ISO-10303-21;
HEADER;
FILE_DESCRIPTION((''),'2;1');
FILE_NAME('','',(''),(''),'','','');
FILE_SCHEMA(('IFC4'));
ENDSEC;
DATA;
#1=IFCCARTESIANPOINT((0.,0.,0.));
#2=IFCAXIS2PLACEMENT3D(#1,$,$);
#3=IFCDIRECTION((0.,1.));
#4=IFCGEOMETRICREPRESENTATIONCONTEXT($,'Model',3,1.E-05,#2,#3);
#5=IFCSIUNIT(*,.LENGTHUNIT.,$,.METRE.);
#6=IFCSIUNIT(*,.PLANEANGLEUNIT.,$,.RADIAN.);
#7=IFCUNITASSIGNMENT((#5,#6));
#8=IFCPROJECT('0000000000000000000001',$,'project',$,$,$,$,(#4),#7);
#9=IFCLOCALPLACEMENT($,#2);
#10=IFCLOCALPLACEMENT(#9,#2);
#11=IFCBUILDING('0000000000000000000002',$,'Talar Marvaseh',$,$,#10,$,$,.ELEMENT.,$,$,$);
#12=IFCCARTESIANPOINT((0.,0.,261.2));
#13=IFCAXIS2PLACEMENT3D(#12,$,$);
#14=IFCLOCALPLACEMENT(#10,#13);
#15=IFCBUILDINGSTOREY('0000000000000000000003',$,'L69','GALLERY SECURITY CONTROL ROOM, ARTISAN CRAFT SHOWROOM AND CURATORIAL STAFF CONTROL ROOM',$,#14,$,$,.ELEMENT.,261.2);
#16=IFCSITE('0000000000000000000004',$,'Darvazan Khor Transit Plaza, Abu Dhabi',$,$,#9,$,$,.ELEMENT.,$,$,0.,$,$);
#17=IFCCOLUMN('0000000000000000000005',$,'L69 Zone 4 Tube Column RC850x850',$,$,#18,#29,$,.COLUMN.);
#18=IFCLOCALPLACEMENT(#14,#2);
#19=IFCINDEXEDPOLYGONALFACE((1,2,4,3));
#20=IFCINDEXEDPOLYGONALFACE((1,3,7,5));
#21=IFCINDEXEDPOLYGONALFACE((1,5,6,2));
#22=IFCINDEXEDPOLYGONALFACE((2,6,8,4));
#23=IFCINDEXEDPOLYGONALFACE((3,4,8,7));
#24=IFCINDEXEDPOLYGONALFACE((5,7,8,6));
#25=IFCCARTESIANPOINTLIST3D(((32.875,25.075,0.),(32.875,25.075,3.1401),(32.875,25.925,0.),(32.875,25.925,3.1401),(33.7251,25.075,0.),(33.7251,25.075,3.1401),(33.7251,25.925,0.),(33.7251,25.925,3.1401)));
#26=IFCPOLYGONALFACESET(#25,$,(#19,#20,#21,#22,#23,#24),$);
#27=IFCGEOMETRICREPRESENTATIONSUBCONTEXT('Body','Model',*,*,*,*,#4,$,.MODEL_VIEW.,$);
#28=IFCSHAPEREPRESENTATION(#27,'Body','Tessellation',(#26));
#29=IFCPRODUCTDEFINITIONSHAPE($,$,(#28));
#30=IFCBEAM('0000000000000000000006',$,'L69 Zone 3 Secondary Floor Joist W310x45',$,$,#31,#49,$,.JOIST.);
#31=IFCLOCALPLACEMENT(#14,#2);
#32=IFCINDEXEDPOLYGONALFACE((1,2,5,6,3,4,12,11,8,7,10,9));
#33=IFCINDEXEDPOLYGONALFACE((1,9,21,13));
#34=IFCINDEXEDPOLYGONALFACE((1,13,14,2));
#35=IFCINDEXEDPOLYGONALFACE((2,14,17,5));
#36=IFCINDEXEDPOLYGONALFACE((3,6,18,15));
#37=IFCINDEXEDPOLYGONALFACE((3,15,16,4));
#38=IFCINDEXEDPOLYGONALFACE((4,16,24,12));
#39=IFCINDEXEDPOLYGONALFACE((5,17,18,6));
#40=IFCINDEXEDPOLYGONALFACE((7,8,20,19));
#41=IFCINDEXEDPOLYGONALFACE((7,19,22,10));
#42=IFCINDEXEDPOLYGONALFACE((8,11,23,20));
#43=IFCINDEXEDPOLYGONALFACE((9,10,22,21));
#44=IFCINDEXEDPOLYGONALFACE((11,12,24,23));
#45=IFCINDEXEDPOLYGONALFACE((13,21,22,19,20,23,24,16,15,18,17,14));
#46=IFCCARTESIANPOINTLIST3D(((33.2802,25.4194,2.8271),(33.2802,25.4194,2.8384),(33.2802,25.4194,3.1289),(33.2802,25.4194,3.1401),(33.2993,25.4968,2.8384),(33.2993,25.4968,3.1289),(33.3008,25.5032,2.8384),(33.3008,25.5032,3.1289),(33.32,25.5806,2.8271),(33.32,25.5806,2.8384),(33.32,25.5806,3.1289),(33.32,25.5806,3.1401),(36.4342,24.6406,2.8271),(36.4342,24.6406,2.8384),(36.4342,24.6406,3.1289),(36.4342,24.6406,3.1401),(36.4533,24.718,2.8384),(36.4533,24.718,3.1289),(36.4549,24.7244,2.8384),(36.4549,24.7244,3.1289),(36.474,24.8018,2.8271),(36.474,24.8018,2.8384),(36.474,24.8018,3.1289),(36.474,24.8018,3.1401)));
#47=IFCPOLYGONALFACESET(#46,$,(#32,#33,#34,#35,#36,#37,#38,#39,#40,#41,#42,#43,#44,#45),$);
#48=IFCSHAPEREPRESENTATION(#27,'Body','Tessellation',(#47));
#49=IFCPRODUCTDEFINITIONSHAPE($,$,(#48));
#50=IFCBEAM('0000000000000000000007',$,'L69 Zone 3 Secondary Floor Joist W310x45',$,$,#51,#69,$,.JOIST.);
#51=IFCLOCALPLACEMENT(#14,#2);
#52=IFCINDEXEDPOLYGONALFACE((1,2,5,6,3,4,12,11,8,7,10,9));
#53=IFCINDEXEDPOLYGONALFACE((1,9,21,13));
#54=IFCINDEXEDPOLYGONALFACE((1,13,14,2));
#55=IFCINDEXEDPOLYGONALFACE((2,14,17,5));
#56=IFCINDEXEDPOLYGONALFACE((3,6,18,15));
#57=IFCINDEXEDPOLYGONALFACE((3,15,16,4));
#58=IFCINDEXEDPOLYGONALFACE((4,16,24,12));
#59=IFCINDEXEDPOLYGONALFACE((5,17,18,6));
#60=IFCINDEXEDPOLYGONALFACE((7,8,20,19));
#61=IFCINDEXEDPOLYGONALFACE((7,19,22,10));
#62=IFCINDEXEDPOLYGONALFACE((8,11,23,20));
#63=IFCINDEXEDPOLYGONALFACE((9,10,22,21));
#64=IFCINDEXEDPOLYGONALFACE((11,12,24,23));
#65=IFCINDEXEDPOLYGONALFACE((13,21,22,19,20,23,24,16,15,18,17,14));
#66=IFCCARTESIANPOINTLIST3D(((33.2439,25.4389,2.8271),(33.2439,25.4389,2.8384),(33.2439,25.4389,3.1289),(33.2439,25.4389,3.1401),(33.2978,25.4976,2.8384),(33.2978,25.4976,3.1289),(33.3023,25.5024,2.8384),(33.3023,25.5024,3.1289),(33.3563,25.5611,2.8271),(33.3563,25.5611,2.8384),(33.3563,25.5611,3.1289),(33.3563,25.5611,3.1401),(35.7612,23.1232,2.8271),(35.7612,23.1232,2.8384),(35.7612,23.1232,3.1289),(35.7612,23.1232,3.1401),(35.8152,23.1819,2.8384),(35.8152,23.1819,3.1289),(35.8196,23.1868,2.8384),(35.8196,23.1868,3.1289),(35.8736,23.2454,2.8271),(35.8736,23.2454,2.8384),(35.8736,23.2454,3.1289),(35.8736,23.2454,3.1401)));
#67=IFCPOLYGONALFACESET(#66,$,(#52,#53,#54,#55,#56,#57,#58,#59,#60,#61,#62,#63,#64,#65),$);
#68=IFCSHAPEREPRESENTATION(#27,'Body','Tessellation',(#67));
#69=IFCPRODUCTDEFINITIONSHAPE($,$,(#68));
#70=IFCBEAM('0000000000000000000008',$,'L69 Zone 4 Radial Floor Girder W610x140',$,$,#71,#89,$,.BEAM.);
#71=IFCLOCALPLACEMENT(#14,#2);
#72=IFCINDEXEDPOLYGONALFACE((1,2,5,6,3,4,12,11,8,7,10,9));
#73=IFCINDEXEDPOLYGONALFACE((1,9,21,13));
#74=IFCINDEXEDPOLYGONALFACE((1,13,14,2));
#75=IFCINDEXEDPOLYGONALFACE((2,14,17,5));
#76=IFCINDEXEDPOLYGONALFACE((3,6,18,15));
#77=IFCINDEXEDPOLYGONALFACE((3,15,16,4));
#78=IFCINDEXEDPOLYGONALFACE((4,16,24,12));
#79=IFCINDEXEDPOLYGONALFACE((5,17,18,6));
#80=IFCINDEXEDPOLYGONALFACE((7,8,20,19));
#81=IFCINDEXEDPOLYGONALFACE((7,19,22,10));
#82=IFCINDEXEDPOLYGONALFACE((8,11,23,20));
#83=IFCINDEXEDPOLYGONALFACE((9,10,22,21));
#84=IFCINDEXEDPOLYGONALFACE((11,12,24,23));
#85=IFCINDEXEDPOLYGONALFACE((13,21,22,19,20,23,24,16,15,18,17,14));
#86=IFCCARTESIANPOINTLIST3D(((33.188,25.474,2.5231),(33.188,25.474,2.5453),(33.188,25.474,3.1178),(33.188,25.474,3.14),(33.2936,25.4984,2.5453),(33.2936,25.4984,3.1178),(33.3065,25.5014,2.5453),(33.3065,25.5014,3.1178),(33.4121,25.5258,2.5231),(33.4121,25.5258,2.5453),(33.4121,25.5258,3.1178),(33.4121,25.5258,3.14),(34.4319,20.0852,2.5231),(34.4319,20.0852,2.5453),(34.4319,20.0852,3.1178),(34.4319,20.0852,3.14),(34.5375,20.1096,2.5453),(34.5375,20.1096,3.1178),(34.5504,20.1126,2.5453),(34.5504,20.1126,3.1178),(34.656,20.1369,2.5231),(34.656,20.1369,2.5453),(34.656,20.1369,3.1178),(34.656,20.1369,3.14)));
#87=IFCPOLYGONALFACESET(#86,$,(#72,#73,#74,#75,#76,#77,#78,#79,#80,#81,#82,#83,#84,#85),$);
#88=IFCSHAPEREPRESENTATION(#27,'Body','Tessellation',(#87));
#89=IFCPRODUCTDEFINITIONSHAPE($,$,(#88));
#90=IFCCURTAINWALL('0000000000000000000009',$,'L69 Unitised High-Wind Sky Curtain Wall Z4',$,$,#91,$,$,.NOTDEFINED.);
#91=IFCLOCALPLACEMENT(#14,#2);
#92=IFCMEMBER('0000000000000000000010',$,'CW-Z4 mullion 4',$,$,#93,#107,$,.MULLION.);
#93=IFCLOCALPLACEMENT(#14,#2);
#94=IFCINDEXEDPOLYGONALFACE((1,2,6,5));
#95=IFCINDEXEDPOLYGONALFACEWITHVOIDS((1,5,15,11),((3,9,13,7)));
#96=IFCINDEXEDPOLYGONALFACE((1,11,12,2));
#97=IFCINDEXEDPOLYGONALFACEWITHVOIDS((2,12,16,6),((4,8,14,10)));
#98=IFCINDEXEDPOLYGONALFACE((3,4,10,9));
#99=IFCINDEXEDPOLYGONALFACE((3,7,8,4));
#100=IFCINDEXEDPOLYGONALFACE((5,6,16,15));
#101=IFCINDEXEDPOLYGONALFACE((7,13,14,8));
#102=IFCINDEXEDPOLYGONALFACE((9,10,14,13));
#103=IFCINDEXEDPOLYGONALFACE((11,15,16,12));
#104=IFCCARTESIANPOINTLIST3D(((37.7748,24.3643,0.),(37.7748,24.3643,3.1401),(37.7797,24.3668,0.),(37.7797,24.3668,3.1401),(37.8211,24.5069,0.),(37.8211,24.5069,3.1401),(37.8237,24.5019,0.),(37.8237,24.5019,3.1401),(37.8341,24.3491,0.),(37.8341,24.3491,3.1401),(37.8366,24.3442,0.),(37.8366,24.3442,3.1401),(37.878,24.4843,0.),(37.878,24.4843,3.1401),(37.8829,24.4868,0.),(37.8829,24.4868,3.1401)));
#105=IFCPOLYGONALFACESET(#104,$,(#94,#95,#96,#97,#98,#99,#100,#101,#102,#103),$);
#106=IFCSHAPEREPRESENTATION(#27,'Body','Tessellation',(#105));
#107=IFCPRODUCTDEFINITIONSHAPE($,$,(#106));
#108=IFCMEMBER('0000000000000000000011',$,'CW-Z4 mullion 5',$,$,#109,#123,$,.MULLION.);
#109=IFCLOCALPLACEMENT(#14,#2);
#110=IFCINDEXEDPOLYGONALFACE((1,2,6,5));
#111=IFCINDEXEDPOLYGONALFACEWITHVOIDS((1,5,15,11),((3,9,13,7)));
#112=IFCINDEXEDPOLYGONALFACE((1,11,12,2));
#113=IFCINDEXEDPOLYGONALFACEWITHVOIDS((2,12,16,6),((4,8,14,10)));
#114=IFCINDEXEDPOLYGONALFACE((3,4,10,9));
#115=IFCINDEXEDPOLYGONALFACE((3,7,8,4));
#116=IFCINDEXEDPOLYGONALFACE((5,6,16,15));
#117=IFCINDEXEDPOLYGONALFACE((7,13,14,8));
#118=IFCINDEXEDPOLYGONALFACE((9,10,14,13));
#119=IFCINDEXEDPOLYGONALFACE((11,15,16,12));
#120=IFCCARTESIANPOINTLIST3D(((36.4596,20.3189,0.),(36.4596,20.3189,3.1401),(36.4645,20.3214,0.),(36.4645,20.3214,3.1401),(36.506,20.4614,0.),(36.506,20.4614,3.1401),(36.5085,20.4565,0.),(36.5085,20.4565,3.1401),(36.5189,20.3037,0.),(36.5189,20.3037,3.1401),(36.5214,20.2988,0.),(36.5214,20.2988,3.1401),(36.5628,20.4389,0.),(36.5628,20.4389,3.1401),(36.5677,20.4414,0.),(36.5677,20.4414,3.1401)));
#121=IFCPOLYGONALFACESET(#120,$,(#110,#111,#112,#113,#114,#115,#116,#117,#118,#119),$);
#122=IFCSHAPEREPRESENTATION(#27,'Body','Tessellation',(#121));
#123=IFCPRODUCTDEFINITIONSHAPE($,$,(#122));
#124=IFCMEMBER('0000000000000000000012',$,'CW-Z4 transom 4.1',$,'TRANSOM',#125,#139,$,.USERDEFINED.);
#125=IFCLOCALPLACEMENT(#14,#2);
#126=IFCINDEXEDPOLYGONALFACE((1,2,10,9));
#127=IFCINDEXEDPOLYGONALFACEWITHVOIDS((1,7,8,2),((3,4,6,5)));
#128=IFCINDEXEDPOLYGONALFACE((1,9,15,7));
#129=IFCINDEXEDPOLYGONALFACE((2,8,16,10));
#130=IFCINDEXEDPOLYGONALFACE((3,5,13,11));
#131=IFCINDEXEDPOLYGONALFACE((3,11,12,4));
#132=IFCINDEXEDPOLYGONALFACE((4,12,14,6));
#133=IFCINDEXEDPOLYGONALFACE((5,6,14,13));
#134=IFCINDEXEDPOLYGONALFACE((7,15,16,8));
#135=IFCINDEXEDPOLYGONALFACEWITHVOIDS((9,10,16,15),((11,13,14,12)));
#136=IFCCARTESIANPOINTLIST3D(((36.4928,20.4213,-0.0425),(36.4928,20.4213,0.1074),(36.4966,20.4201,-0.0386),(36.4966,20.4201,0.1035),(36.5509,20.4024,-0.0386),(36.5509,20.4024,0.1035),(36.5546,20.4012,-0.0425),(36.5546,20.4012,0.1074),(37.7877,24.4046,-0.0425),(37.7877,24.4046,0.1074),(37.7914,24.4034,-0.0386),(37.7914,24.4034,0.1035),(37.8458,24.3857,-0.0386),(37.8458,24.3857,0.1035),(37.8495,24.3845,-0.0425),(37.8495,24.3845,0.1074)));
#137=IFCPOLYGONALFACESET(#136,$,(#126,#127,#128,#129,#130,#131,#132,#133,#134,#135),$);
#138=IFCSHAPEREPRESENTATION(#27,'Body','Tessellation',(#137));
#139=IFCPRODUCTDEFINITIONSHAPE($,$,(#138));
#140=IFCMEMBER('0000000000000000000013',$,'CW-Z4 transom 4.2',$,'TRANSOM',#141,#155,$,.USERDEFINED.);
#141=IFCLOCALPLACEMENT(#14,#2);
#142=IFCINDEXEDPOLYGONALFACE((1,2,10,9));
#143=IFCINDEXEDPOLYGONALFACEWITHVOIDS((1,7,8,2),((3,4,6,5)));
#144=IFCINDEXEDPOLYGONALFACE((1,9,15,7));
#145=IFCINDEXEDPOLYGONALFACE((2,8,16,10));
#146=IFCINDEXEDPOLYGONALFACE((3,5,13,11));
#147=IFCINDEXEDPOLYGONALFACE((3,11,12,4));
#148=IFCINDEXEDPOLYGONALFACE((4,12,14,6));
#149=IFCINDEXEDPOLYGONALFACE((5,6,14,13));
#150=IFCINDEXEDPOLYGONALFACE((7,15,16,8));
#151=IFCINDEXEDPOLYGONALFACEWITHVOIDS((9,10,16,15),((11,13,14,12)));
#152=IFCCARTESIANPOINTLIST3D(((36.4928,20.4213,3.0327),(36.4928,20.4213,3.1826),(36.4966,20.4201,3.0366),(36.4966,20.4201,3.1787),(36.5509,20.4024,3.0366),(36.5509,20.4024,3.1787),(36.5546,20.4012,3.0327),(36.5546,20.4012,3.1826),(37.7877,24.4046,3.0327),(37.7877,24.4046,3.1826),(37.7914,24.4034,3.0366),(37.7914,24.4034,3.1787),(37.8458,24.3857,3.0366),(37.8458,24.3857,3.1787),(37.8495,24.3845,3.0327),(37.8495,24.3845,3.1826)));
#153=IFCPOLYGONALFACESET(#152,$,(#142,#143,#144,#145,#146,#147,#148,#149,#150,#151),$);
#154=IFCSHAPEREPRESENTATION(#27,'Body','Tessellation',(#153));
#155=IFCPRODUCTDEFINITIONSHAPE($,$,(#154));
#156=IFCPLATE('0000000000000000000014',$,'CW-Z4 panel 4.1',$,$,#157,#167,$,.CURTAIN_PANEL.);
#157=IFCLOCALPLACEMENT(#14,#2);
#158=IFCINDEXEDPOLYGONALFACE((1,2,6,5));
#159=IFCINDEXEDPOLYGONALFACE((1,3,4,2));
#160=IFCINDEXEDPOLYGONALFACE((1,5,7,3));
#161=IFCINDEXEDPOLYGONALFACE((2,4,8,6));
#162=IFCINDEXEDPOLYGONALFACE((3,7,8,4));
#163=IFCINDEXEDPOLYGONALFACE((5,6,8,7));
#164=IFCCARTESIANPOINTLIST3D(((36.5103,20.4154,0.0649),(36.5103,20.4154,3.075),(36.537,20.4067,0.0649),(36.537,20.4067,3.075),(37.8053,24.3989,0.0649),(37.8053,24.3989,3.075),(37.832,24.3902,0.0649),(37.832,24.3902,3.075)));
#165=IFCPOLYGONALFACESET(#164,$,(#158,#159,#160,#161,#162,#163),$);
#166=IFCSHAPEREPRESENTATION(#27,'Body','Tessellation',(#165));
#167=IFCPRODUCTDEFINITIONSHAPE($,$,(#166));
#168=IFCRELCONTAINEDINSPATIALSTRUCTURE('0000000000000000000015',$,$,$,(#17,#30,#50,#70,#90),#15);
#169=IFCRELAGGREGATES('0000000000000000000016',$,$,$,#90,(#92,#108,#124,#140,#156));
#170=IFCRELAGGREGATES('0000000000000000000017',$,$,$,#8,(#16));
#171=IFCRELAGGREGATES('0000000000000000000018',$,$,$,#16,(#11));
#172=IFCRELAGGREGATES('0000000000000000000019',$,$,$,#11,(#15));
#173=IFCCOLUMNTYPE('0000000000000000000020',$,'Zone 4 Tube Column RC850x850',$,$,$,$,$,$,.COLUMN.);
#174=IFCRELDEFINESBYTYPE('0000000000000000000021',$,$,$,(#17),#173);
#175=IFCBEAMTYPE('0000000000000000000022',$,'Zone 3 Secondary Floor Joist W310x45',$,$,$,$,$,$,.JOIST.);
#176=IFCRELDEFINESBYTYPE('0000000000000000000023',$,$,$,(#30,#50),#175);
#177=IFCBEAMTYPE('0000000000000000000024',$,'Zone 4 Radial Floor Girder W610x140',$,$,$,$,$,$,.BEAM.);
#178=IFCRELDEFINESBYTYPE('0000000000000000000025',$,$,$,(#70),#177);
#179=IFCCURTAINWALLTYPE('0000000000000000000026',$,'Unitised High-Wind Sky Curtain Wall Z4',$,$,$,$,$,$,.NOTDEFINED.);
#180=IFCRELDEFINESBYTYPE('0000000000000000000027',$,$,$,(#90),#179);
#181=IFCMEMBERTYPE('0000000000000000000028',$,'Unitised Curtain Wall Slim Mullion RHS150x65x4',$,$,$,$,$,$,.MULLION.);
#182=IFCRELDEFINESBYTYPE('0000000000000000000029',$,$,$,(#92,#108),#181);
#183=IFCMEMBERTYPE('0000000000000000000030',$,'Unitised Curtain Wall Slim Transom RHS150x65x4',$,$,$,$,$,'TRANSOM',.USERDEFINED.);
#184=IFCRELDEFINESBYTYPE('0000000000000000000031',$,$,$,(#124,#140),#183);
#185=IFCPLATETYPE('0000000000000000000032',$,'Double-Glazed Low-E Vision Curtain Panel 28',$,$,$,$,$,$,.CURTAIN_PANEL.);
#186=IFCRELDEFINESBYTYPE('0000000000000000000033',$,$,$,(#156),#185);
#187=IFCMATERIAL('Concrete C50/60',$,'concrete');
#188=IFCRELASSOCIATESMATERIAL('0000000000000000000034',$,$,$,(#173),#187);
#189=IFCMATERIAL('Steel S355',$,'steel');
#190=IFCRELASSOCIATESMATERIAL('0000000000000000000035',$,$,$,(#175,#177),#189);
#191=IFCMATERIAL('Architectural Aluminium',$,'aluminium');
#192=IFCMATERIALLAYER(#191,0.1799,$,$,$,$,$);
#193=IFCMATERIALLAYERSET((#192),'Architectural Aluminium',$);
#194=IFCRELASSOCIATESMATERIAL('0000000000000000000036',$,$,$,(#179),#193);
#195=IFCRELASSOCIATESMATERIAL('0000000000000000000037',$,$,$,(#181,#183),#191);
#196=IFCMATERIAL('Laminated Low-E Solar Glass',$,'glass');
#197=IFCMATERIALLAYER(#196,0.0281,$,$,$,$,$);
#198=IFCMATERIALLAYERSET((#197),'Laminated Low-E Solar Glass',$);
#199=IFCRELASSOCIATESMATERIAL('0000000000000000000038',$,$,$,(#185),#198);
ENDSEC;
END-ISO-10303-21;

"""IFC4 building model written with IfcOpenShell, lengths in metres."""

from ifc_helpers import new_model, si_unit, direction, frame, origin, origin_2d, place, context, subcontext, project, spatial, rectangle, hollow_rectangle, i_section, extrude, source, transform, mapped, material, layer, layer_set, material_profile, profile_set, type_object, type_shapes, element, aggregate, save


model = new_model("IFC4")

# Units and contexts
model_context = context("Model", 3, precision=1e-05, world=origin(), true_north=direction((0.0, 1.0)))
body_context = subcontext(model_context, "Body", "Model", "MODEL_VIEW")
ifc_project = project(units=[si_unit("LENGTHUNIT", "METRE"), si_unit("PLANEANGLEUNIT", "RADIAN")], contexts=[model_context])

# Site, building, storey
site_placement = place(None, origin())
site = spatial("IfcSite", under=ifc_project, at=site_placement, Name="Darvazan Khor Transit Plaza, Abu Dhabi", CompositionType="ELEMENT", RefElevation=0.0)
building_placement = place(site_placement, origin())
building = spatial("IfcBuilding", under=site, at=building_placement, Name="Talar Marvaseh", CompositionType="ELEMENT")
storey_placement = place(building_placement, frame((0.0, 0.0, 261.2)))
storey = spatial("IfcBuildingStorey", under=building, at=storey_placement, Name="L69", Description="GALLERY SECURITY CONTROL ROOM, ARTISAN CRAFT SHOWROOM AND CURATORIAL STAFF CONTROL ROOM", CompositionType="ELEMENT", Elevation=261.2)

# Column
ifc_material_1 = material(Name="Concrete C50/60", Category="concrete")
ifc_material_profile_1 = material_profile(ifc_material_1, rectangle(XDim=0.8501, YDim=0.8501, at=origin_2d()), Name="RC850x850")
ifc_profile_set_1 = profile_set([ifc_material_profile_1], Name="Concrete C50/60")
column_type = type_object("IfcColumnType", Name="Zone 4 Tube Column RC850x850", PredefinedType="COLUMN", material=ifc_profile_set_1)
column_placement = place(storey_placement, frame((33.3, 25.5, 0.0), z_axis=(0.0, 0.0, 1.0), x_axis=(1.0, 0.0, 0.0)))
element("IfcColumn", 1, at=column_placement, inside=storey, type_object=column_type, Name="L69 Zone 4 Tube Column RC850x850", PredefinedType="COLUMN", context=body_context, shape_type="SweptSolid", body=[
    extrude(rectangle(XDim=0.8501, YDim=0.8501, at=origin_2d()), origin(), (0.0, 0.0, 1.0), 3.1401),
])

# Beams
ifc_material_2 = material(Name="Steel S355", Category="steel")
ifc_material_profile_2 = material_profile(ifc_material_2, i_section(OverallWidth=0.166, OverallDepth=0.313, WebThickness=0.0066, FlangeThickness=0.0112, at=origin_2d()), Name="W310x45")
ifc_profile_set_2 = profile_set([ifc_material_profile_2], Name="Steel S355")
beam_type_1 = type_object("IfcBeamType", Name="Zone 3 Secondary Floor Joist W310x45", PredefinedType="JOIST", material=ifc_profile_set_2)
beam_1_placement = place(storey_placement, frame((36.4541, 24.7212, 2.9836), z_axis=(-0.970841, 0.239723, 0.0), x_axis=(-0.239723, -0.970841, 0.0)))
element("IfcBeam", 2, at=beam_1_placement, inside=storey, type_object=beam_type_1, Name="L69 Zone 3 Secondary Floor Joist W310x45", PredefinedType="JOIST", context=body_context, shape_type="SweptSolid", body=[
    extrude(i_section(OverallWidth=0.166, OverallDepth=0.313, WebThickness=0.0066, FlangeThickness=0.0112, at=origin_2d()), origin(), (0.0, 0.0, 1.0), 3.2488),
])
beam_2_placement = place(storey_placement, frame((35.8174, 23.1843, 2.9836), z_axis=(-0.735971, 0.677013, 0.0), x_axis=(-0.677013, -0.735971, 0.0)))
element("IfcBeam", 3, at=beam_2_placement, inside=storey, type_object=beam_type_1, Name="L69 Zone 3 Secondary Floor Joist W310x45", PredefinedType="JOIST", context=body_context, shape_type="SweptSolid", body=[
    extrude(i_section(OverallWidth=0.166, OverallDepth=0.313, WebThickness=0.0066, FlangeThickness=0.0112, at=origin_2d()), origin(), (0.0, 0.0, 1.0), 3.4204),
])
ifc_material_profile_3 = material_profile(ifc_material_2, i_section(OverallWidth=0.23, OverallDepth=0.6169, WebThickness=0.0132, FlangeThickness=0.0222, at=origin_2d()), Name="W610x140")
ifc_profile_set_3 = profile_set([ifc_material_profile_3], Name="Steel S355")
beam_type_2 = type_object("IfcBeamType", Name="Zone 4 Radial Floor Girder W610x140", PredefinedType="BEAM", material=ifc_profile_set_3)
beam_3_placement = place(storey_placement, frame((34.5439, 20.1111, 2.8315), z_axis=(-0.224911, 0.974379, 0.0), x_axis=(-0.974379, -0.224911, 0.0)))
element("IfcBeam", 4, at=beam_3_placement, inside=storey, type_object=beam_type_2, Name="L69 Zone 4 Radial Floor Girder W610x140", PredefinedType="BEAM", context=body_context, shape_type="SweptSolid", body=[
    extrude(i_section(OverallWidth=0.23, OverallDepth=0.6169, WebThickness=0.0132, FlangeThickness=0.0222, at=origin_2d()), origin(), (0.0, 0.0, 1.0), 5.5305),
])

# Curtain wall, members, plate
ifc_material_3 = material(Name="Architectural Aluminium", Category="aluminium")
ifc_layer_1 = layer(ifc_material_3, 0.1799)
ifc_layer_set_1 = layer_set([ifc_layer_1], Name="Architectural Aluminium")
curtain_wall_type = type_object("IfcCurtainWallType", Name="Unitised High-Wind Sky Curtain Wall Z4", PredefinedType="NOTDEFINED", material=ifc_layer_set_1)
curtain_wall_placement = place(storey_placement, origin())
curtain_wall = element("IfcCurtainWall", 5, at=curtain_wall_placement, inside=storey, type_object=curtain_wall_type, Name="L69 Unitised High-Wind Sky Curtain Wall Z4", PredefinedType="NOTDEFINED")
ifc_material_profile_4 = material_profile(ifc_material_3, hollow_rectangle(XDim=0.0649, YDim=0.1499, WallThickness=0.0039, at=origin_2d()), Name="RHS150x65x4")
ifc_profile_set_4 = profile_set([ifc_material_profile_4], Name="Architectural Aluminium")
member_type_1 = type_object("IfcMemberType", Name="Unitised Curtain Wall Slim Mullion RHS150x65x4", PredefinedType="MULLION", material=ifc_profile_set_4)
shared_shape_1 = source(origin(), body_context, "Body", "SweptSolid", [
    extrude(hollow_rectangle(XDim=0.0649, YDim=0.1499, WallThickness=0.0039, at=origin_2d()), origin(), (0.0, 0.0, 1.0), 3.1401),
])
type_shapes(member_type_1, [shared_shape_1])
member_1_placement = place(storey_placement, frame((37.8289, 24.4255, 0.0), z_axis=(0.0, 0.0, 1.0), x_axis=(0.951009, -0.309162, 0.0)))
member_1 = element("IfcMember", 6, at=member_1_placement, type_object=member_type_1, Name="CW-Z4 mullion 4", PredefinedType="MULLION", context=body_context, shape_type="MappedRepresentation", body=[
    mapped(shared_shape_1, transform((0.0, 0.0, 0.0), x_axis=(1.0, 0.0, 0.0), y_axis=(0.0, 1.0, 0.0), z_axis=(0.0, 0.0, 1.0), scale=1.0)),
])
member_2_placement = place(storey_placement, frame((36.5137, 20.3801, 0.0), z_axis=(0.0, 0.0, 1.0), x_axis=(0.951009, -0.309162, 0.0)))
member_2 = element("IfcMember", 7, at=member_2_placement, type_object=member_type_1, Name="CW-Z4 mullion 5", PredefinedType="MULLION", context=body_context, shape_type="MappedRepresentation", body=[
    mapped(shared_shape_1, transform((0.0, 0.0, 0.0), x_axis=(1.0, 0.0, 0.0), y_axis=(0.0, 1.0, 0.0), z_axis=(0.0, 0.0, 1.0), scale=1.0)),
])
ifc_material_profile_5 = material_profile(ifc_material_3, hollow_rectangle(XDim=0.0649, YDim=0.1499, WallThickness=0.0039, at=origin_2d()), Name="RHS150x65x4")
ifc_profile_set_5 = profile_set([ifc_material_profile_5], Name="Architectural Aluminium")
member_type_2 = type_object("IfcMemberType", Name="Unitised Curtain Wall Slim Transom RHS150x65x4", ElementType="TRANSOM", PredefinedType="USERDEFINED", material=ifc_profile_set_5)
shared_shape_2 = source(origin(), body_context, "Body", "SweptSolid", [
    extrude(hollow_rectangle(XDim=0.0649, YDim=0.1499, WallThickness=0.0039, at=origin_2d()), origin(), (0.0, 0.0, 1.0), 4.1885),
])
type_shapes(member_type_2, [shared_shape_2])
member_3_placement = place(storey_placement, frame((37.8186, 24.3945, 0.0325), z_axis=(-0.309155, -0.951012, 0.0), x_axis=(0.951012, -0.309155, 0.0)))
member_3 = element("IfcMember", 8, at=member_3_placement, type_object=member_type_2, Name="CW-Z4 transom 4.1", ObjectType="TRANSOM", PredefinedType="USERDEFINED", context=body_context, shape_type="MappedRepresentation", body=[
    mapped(shared_shape_2, transform((0.0, 0.0, 0.0), x_axis=(1.0, 0.0, 0.0), y_axis=(0.0, 1.0, 0.0), z_axis=(0.0, 0.0, 1.0), scale=1.0)),
])
member_4_placement = place(storey_placement, frame((37.8186, 24.3945, 3.1077), z_axis=(-0.309155, -0.951012, 0.0), x_axis=(0.951012, -0.309155, 0.0)))
member_4 = element("IfcMember", 9, at=member_4_placement, type_object=member_type_2, Name="CW-Z4 transom 4.2", ObjectType="TRANSOM", PredefinedType="USERDEFINED", context=body_context, shape_type="MappedRepresentation", body=[
    mapped(shared_shape_2, transform((0.0, 0.0, 0.0), x_axis=(1.0, 0.0, 0.0), y_axis=(0.0, 1.0, 0.0), z_axis=(0.0, 0.0, 1.0), scale=1.0)),
])
ifc_material_4 = material(Name="Laminated Low-E Solar Glass", Category="glass")
ifc_layer_2 = layer(ifc_material_4, 0.0281)
ifc_layer_set_2 = layer_set([ifc_layer_2], Name="Laminated Low-E Solar Glass")
plate_type = type_object("IfcPlateType", Name="Double-Glazed Low-E Vision Curtain Panel 28", PredefinedType="CURTAIN_PANEL", material=ifc_layer_set_2)
shared_shape_3 = source(origin(), body_context, "Body", "SweptSolid", [
    extrude(rectangle(XDim=4.1887, YDim=0.0281, at=origin_2d()), origin(), (0.0, 0.0, 1.0), 3.01),
])
plate_1_placement = place(storey_placement, frame((37.1711, 22.4028, 0.0649), z_axis=(0.0, 0.0, 1.0), x_axis=(-0.309162, -0.951009, 0.0)))
plate_1 = element("IfcPlate", 10, at=plate_1_placement, type_object=plate_type, Name="CW-Z4 panel 4.1", PredefinedType="CURTAIN_PANEL", context=body_context, shape_type="MappedRepresentation", body=[
    mapped(shared_shape_3, transform((0.0, 0.0, 0.0), x_axis=(1.0, 0.0, 0.0), y_axis=(0.0, 1.0, 0.0), z_axis=(0.0, 0.0, 1.0), scale=1.0)),
])
aggregate(curtain_wall, [member_1, member_2, member_3, member_4, plate_1])

save(model, "model.ifc")
